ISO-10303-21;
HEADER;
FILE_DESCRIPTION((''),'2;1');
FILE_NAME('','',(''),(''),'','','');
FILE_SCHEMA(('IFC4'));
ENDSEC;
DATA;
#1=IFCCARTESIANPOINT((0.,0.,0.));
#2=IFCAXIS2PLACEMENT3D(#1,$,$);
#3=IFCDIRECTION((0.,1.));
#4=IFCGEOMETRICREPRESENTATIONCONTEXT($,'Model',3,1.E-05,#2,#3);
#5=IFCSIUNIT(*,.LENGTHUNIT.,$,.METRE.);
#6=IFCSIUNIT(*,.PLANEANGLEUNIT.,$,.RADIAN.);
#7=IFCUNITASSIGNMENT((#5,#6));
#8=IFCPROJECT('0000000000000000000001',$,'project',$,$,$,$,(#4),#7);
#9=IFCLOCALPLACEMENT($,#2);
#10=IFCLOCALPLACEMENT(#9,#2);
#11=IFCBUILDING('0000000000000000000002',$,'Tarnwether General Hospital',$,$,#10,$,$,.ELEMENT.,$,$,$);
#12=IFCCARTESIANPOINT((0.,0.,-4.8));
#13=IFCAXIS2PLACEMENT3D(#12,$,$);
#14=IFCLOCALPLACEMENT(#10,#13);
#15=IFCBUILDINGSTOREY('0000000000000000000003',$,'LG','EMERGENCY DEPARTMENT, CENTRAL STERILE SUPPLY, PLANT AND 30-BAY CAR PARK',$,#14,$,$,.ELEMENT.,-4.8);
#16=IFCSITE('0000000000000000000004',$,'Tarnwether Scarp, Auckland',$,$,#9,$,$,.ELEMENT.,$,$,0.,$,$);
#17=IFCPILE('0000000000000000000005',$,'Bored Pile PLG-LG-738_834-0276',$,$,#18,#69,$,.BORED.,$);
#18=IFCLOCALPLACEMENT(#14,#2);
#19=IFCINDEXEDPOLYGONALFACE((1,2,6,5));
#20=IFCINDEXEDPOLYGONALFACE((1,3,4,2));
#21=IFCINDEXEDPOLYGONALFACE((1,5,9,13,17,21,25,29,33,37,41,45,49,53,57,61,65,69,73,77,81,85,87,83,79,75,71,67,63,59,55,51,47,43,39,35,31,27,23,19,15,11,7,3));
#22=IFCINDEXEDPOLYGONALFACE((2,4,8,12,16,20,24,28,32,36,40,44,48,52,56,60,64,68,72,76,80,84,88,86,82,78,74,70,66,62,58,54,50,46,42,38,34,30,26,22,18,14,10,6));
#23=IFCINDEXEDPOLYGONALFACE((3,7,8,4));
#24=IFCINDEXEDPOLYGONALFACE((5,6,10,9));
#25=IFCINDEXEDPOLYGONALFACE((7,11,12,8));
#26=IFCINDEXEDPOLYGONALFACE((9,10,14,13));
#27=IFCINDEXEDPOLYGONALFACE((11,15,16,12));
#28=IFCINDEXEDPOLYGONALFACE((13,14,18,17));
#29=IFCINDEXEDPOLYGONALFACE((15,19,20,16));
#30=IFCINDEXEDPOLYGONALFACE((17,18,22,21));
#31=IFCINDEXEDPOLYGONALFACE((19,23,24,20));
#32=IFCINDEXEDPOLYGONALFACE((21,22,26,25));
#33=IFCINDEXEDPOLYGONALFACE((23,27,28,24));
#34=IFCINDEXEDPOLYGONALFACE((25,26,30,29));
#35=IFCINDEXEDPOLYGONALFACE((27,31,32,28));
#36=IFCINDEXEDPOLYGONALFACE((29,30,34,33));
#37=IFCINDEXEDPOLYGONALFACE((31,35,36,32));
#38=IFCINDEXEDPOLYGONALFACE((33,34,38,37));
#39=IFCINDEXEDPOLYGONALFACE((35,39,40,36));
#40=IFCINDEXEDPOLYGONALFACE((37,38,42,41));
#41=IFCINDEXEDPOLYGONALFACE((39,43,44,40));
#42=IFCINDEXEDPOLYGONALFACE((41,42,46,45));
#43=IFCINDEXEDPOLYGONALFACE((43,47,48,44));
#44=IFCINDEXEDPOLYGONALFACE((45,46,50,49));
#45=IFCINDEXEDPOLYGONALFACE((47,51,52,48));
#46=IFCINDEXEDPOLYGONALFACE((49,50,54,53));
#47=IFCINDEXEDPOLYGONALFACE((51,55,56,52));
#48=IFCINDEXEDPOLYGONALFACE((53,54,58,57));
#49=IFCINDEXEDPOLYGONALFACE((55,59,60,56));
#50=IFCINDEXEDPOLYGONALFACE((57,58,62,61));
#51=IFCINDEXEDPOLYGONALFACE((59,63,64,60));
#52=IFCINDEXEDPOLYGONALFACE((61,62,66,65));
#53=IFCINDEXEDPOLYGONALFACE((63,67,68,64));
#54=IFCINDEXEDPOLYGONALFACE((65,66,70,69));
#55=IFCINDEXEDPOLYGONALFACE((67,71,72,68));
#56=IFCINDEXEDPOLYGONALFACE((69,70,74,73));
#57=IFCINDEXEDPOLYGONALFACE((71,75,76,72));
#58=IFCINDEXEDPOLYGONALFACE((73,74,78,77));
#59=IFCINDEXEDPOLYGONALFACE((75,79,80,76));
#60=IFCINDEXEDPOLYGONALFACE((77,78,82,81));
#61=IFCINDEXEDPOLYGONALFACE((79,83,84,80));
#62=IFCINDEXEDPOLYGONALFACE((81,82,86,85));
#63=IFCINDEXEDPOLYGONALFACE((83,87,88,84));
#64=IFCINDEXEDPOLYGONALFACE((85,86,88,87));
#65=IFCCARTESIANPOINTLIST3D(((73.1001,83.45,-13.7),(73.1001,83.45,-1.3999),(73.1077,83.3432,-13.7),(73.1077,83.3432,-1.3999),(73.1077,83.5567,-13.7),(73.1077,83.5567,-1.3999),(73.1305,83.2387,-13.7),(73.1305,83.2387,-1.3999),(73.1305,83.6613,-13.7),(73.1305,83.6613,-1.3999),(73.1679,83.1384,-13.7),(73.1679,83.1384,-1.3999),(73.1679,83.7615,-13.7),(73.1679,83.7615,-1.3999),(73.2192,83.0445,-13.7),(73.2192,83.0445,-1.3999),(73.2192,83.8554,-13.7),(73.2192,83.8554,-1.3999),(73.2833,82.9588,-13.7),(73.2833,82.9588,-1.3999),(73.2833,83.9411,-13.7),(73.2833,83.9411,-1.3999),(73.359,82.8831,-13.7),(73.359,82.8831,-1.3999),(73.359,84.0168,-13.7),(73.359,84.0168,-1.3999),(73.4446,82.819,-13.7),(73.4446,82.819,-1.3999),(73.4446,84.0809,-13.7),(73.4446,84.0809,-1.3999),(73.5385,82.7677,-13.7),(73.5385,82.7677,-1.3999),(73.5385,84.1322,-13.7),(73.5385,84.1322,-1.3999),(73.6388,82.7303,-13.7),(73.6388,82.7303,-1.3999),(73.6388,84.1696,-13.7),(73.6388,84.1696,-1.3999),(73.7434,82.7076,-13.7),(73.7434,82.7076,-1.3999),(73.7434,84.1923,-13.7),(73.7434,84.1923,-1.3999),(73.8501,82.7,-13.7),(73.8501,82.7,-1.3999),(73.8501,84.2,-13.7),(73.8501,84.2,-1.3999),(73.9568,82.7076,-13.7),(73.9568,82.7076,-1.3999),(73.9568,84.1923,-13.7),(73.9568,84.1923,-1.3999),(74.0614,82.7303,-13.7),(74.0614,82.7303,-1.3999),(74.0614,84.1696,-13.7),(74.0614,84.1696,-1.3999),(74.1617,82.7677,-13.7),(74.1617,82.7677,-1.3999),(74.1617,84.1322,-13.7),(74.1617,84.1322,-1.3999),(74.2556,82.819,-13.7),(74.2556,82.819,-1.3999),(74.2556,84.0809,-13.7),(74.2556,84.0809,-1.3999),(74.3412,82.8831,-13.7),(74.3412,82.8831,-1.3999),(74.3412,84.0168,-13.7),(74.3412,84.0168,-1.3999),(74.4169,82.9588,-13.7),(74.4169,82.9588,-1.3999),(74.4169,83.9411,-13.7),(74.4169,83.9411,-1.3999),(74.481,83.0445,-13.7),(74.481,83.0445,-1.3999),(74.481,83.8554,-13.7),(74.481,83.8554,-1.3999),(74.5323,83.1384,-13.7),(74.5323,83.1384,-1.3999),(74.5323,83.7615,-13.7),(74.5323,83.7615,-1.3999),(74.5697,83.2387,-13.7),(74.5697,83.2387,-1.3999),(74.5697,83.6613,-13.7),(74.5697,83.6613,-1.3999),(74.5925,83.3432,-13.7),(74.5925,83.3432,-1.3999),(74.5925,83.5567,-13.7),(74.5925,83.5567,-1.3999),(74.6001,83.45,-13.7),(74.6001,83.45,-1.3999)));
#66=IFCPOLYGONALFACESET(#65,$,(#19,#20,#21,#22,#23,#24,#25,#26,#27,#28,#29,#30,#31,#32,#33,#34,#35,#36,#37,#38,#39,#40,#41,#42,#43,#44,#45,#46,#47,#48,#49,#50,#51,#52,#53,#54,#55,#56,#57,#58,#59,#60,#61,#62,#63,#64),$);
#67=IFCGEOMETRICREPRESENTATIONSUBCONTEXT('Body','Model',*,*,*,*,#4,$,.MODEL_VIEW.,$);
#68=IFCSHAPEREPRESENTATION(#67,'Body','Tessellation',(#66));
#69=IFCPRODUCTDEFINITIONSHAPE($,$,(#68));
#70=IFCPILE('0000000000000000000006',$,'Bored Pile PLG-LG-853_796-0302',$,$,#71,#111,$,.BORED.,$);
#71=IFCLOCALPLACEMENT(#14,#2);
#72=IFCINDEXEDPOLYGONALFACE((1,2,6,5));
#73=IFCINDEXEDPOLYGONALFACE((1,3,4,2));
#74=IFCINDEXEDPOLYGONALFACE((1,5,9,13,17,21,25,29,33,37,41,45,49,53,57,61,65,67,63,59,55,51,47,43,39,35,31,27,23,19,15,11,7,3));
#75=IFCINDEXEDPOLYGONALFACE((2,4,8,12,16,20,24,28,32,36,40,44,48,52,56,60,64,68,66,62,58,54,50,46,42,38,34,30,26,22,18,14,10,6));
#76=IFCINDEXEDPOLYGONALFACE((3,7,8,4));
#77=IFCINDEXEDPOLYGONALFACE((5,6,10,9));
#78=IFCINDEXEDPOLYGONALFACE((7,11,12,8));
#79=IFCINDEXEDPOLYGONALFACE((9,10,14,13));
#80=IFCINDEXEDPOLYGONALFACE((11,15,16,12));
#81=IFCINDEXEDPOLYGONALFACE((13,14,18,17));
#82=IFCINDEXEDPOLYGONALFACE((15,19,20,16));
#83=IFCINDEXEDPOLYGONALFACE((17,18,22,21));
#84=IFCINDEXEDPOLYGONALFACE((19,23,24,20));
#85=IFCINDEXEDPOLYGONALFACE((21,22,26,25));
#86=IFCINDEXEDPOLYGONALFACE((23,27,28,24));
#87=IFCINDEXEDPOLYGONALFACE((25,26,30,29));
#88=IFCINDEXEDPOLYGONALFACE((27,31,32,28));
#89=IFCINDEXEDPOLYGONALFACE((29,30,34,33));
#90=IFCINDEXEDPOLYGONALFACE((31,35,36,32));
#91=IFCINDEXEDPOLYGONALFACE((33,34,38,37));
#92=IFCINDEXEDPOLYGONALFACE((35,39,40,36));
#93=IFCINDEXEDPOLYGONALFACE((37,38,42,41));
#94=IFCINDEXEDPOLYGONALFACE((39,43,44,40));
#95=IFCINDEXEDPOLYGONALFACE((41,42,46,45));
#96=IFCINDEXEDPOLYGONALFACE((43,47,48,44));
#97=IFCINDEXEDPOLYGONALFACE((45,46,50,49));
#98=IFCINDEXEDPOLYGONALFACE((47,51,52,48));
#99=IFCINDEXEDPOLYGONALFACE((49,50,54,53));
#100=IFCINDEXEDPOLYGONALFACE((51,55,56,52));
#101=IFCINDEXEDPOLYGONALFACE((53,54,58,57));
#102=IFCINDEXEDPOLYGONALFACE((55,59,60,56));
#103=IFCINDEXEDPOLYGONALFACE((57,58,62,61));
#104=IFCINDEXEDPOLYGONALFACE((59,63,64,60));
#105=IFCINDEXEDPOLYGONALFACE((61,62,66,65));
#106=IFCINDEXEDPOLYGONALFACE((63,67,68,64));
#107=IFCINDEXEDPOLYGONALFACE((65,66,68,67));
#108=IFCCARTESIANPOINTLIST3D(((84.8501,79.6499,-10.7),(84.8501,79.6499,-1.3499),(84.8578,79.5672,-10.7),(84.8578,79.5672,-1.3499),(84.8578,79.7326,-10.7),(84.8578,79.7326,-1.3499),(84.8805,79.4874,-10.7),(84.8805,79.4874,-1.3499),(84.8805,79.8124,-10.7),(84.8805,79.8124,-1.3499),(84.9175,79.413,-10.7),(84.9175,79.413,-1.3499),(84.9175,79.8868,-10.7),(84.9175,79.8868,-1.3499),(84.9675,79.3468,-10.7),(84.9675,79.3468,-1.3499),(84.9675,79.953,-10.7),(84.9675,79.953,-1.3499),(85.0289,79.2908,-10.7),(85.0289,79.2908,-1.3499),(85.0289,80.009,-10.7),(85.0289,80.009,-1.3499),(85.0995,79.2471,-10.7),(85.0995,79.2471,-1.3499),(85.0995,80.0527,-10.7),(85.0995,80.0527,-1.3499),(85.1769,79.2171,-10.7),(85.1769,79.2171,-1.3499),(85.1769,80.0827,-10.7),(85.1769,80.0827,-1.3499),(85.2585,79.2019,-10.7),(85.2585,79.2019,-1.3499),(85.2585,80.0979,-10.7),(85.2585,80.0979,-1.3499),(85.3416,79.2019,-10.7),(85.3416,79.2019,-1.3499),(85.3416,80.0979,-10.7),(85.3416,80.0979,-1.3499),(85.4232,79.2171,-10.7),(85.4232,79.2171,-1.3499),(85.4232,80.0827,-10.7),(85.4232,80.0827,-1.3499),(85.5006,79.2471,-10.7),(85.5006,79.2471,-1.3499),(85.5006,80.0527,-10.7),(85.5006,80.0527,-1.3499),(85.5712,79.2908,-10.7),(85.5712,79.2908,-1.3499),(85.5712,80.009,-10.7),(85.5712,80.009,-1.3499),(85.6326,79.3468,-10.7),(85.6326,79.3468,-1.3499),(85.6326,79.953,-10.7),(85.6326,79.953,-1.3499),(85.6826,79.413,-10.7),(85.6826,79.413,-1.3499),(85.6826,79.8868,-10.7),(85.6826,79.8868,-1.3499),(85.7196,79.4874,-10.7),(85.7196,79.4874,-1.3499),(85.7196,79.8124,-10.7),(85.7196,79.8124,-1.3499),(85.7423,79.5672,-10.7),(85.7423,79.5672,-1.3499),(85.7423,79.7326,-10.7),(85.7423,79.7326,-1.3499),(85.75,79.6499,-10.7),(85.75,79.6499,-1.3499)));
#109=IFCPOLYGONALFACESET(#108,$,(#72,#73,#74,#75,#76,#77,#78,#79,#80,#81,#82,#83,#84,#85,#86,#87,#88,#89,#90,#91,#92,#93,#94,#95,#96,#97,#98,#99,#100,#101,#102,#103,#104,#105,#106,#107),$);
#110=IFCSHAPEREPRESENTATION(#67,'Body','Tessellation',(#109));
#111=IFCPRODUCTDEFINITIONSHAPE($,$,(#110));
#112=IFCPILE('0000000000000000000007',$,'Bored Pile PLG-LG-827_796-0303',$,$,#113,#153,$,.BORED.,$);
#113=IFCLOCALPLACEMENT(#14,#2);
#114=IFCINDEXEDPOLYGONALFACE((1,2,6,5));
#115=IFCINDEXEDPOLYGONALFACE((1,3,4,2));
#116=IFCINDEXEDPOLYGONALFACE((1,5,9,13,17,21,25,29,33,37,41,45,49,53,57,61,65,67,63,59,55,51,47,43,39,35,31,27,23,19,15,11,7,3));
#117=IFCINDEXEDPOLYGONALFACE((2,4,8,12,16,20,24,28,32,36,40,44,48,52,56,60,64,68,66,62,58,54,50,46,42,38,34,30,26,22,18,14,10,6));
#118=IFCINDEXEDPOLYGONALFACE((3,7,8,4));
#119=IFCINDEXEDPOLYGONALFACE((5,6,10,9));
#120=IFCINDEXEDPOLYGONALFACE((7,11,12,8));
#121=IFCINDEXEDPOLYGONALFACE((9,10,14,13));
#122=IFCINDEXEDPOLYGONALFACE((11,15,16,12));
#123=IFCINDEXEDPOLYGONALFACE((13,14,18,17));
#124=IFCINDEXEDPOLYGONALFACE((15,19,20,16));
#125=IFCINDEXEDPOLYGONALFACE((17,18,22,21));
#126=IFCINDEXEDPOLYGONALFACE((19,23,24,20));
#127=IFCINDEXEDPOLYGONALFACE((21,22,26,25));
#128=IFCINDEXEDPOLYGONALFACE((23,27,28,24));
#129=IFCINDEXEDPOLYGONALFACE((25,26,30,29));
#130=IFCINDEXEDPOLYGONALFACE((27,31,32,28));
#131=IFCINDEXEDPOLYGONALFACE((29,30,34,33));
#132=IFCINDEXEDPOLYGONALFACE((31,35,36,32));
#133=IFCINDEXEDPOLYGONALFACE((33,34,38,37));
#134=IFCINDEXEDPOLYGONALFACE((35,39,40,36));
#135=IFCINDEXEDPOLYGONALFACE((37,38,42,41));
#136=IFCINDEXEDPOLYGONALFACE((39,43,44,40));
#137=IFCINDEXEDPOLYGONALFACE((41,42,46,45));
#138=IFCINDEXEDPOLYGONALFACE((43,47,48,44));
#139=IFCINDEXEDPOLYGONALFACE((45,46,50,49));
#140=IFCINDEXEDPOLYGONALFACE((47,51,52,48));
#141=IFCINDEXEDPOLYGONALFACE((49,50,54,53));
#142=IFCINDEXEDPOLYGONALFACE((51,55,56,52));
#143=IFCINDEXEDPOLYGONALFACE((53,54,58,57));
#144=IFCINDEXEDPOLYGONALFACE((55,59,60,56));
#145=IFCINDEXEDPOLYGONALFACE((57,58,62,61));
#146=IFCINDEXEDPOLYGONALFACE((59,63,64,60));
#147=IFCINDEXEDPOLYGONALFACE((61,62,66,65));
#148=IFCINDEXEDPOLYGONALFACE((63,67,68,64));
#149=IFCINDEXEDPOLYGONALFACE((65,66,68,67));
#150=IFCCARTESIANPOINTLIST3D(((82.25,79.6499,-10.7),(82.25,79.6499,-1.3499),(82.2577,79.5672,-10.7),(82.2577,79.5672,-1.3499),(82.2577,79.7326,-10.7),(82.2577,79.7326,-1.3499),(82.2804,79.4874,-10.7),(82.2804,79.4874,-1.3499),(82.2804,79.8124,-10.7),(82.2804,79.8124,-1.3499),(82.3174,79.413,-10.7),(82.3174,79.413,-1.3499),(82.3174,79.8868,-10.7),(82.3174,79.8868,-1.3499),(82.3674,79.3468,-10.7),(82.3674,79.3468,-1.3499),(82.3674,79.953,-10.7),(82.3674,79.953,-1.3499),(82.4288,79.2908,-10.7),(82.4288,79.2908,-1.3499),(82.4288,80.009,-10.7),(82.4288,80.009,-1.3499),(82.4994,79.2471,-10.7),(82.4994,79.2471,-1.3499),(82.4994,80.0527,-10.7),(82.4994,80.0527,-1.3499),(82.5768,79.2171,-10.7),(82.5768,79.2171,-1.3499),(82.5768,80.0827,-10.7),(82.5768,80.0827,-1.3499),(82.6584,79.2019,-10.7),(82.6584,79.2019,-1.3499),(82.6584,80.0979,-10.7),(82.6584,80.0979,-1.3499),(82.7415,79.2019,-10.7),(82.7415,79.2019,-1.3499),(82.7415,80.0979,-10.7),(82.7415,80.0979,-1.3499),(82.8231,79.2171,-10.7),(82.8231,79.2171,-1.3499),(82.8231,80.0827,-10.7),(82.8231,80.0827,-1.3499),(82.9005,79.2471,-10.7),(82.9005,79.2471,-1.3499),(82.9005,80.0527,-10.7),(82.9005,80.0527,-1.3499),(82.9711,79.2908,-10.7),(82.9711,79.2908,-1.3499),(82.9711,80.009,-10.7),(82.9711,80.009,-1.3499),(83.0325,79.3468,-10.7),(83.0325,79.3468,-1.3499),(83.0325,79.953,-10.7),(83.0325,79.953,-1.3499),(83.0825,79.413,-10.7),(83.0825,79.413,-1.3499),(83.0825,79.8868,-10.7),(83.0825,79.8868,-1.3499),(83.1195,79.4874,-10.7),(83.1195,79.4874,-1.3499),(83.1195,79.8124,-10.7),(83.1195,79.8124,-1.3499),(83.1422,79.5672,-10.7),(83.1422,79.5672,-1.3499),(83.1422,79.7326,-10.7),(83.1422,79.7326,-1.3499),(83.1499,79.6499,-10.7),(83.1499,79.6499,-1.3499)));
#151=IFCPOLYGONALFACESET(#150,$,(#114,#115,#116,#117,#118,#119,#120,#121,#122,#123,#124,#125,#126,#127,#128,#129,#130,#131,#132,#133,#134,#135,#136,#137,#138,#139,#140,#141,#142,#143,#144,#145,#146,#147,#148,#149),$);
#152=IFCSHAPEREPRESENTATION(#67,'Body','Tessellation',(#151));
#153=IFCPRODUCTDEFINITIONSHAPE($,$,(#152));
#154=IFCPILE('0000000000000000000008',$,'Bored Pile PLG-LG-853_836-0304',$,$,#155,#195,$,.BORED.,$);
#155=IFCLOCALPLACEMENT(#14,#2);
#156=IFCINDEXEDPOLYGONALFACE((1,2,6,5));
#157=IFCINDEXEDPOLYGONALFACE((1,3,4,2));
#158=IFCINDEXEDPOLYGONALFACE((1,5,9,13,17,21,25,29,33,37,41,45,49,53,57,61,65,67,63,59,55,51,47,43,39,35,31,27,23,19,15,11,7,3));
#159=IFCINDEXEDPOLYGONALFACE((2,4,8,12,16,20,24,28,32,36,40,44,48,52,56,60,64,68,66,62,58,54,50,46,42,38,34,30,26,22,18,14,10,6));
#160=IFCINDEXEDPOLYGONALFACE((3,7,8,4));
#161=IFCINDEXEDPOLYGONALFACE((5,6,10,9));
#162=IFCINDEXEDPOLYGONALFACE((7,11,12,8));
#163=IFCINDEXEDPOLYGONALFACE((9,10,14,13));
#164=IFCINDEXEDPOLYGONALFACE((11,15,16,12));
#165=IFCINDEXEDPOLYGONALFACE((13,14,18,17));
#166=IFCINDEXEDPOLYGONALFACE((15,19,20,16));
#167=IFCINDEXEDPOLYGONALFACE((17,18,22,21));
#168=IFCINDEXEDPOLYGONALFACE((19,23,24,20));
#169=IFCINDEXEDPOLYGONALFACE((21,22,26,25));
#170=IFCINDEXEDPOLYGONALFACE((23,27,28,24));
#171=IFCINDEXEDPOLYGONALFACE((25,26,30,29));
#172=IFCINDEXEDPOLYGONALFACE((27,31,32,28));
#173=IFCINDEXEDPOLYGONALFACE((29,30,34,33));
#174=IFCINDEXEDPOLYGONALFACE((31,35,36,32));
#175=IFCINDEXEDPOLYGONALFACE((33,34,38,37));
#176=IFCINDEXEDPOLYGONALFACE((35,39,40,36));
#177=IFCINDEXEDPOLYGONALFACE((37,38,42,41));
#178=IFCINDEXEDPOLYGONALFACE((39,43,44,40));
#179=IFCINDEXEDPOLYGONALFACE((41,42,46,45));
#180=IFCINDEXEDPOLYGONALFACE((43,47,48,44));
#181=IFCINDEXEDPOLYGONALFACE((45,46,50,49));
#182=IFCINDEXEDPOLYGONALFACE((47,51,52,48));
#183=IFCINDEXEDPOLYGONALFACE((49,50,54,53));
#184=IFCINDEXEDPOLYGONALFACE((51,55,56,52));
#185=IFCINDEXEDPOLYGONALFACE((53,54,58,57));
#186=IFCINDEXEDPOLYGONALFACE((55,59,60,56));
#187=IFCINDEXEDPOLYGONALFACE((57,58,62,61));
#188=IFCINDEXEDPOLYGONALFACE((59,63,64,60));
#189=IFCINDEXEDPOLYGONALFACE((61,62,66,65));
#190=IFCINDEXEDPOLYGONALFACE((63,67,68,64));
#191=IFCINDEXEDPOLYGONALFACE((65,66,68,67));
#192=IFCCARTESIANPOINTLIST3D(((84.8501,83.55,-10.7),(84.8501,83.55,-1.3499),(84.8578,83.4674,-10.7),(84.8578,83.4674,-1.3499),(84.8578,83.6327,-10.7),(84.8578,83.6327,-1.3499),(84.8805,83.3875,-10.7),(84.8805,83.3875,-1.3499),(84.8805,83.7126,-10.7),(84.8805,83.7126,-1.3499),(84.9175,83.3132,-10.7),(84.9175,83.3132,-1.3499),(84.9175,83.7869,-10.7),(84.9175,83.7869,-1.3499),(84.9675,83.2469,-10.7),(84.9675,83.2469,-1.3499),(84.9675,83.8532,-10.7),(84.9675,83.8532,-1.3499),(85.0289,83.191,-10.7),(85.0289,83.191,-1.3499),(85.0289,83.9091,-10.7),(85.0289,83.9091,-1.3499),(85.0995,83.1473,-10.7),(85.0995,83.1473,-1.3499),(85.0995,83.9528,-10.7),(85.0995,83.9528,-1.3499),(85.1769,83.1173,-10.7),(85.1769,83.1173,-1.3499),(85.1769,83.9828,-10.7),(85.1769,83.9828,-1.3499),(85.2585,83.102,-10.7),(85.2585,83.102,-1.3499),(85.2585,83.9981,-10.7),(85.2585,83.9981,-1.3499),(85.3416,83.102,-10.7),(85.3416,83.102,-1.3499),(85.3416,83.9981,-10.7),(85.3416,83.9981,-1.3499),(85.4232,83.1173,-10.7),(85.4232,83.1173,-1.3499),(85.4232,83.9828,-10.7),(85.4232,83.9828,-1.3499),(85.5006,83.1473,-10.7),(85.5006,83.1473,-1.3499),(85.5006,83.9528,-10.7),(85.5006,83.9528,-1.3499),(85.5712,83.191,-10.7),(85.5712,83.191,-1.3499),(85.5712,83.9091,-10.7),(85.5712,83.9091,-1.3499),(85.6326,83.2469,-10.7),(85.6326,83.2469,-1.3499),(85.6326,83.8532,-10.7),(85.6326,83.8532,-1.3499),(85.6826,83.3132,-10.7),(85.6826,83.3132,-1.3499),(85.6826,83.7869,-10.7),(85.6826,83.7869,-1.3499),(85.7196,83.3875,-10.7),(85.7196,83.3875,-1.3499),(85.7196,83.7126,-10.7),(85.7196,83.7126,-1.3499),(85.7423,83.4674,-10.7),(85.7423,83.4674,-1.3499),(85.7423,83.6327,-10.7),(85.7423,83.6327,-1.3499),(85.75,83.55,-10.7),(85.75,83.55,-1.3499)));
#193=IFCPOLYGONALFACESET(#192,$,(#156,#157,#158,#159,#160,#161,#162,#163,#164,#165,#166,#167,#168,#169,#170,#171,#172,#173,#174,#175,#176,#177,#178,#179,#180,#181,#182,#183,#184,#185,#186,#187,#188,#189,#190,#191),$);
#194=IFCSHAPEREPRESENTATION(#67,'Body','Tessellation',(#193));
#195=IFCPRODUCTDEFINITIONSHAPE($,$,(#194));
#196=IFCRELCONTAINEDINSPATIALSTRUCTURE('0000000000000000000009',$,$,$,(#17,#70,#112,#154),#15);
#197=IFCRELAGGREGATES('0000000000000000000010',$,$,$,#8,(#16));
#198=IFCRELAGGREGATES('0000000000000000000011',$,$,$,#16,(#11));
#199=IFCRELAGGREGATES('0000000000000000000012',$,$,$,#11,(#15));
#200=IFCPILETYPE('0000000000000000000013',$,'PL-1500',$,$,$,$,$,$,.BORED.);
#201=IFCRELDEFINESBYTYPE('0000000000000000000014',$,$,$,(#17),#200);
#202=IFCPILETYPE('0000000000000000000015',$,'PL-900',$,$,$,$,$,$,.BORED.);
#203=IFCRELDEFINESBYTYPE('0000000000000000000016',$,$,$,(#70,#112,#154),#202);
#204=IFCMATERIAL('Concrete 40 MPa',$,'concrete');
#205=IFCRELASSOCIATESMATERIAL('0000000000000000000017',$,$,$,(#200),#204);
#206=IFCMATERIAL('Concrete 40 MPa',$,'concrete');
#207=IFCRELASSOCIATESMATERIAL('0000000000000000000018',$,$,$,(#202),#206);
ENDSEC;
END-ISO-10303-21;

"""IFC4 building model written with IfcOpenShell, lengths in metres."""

from ifc_helpers import new_model, si_unit, direction, frame, origin, origin_2d, place, context, subcontext, project, spatial, circle, extrude, material, material_profile, profile_set, type_object, element, save


model = new_model("IFC4")

# Units and contexts
model_context = context("Model", 3, precision=1e-05, world=origin(), true_north=direction((0.0, 1.0)))
body_context = subcontext(model_context, "Body", "Model", "MODEL_VIEW")
ifc_project = project(units=[si_unit("LENGTHUNIT", "METRE"), si_unit("PLANEANGLEUNIT", "RADIAN")], contexts=[model_context])

# Site, building, storey
site_placement = place(None, origin())
site = spatial("IfcSite", under=ifc_project, at=site_placement, Name="Tarnwether Scarp, Auckland", CompositionType="ELEMENT", RefElevation=0.0)
building_placement = place(site_placement, origin())
building = spatial("IfcBuilding", under=site, at=building_placement, Name="Tarnwether General Hospital", CompositionType="ELEMENT")
storey_placement = place(building_placement, frame((0.0, 0.0, -4.8)))
storey = spatial("IfcBuildingStorey", under=building, at=storey_placement, Name="LG", Description="EMERGENCY DEPARTMENT, CENTRAL STERILE SUPPLY, PLANT AND 30-BAY CAR PARK", CompositionType="ELEMENT", Elevation=-4.8)

# Piles
ifc_material_1 = material(Name="Concrete 40 MPa", Category="concrete")
ifc_material_profile_1 = material_profile(ifc_material_1, circle(Radius=0.75, at=origin_2d()), Name="PILE-D1500")
ifc_profile_set_1 = profile_set([ifc_material_profile_1], Name="Concrete 40 MPa")
pile_type_1 = type_object("IfcPileType", Name="PL-1500", PredefinedType="BORED", material=ifc_profile_set_1)
for number, where, z_axis, x_axis, name in (
    (1, (73.8501, 83.45, -1.3999), (0.0, 0.0, -1.0), (1.0, 0.0, 0.0), "Bored Pile PLG-LG-738_834-0276"),
):
    element("IfcPile", number, at=place(storey_placement, frame(where, z_axis=z_axis, x_axis=x_axis)), inside=storey, type_object=pile_type_1, Name=name, PredefinedType="BORED", context=body_context, shape_type="SweptSolid", body=[
        extrude(circle(Radius=0.75, at=origin_2d()), origin(), (0.0, 0.0, 1.0), 12.3),
    ])
ifc_material_2 = material(Name="Concrete 40 MPa", Category="concrete")
ifc_material_profile_2 = material_profile(ifc_material_2, circle(Radius=0.45, at=origin_2d()), Name="PILE-D900")
ifc_profile_set_2 = profile_set([ifc_material_profile_2], Name="Concrete 40 MPa")
pile_type_2 = type_object("IfcPileType", Name="PL-900", PredefinedType="BORED", material=ifc_profile_set_2)
for number, where, z_axis, x_axis, name in (
    (2, (85.3, 79.6499, -1.3499), (0.0, 0.0, -1.0), (1.0, 0.0, 0.0), "Bored Pile PLG-LG-853_796-0302"),
    (3, (82.7, 79.6499, -1.3499), (0.0, 0.0, -1.0), (1.0, 0.0, 0.0), "Bored Pile PLG-LG-827_796-0303"),
    (4, (85.3, 83.55, -1.3499), (0.0, 0.0, -1.0), (1.0, 0.0, 0.0), "Bored Pile PLG-LG-853_836-0304"),
):
    element("IfcPile", number, at=place(storey_placement, frame(where, z_axis=z_axis, x_axis=x_axis)), inside=storey, type_object=pile_type_2, Name=name, PredefinedType="BORED", context=body_context, shape_type="SweptSolid", body=[
        extrude(circle(Radius=0.45, at=origin_2d()), origin(), (0.0, 0.0, 1.0), 9.3501),
    ])

save(model, "model.ifc")
